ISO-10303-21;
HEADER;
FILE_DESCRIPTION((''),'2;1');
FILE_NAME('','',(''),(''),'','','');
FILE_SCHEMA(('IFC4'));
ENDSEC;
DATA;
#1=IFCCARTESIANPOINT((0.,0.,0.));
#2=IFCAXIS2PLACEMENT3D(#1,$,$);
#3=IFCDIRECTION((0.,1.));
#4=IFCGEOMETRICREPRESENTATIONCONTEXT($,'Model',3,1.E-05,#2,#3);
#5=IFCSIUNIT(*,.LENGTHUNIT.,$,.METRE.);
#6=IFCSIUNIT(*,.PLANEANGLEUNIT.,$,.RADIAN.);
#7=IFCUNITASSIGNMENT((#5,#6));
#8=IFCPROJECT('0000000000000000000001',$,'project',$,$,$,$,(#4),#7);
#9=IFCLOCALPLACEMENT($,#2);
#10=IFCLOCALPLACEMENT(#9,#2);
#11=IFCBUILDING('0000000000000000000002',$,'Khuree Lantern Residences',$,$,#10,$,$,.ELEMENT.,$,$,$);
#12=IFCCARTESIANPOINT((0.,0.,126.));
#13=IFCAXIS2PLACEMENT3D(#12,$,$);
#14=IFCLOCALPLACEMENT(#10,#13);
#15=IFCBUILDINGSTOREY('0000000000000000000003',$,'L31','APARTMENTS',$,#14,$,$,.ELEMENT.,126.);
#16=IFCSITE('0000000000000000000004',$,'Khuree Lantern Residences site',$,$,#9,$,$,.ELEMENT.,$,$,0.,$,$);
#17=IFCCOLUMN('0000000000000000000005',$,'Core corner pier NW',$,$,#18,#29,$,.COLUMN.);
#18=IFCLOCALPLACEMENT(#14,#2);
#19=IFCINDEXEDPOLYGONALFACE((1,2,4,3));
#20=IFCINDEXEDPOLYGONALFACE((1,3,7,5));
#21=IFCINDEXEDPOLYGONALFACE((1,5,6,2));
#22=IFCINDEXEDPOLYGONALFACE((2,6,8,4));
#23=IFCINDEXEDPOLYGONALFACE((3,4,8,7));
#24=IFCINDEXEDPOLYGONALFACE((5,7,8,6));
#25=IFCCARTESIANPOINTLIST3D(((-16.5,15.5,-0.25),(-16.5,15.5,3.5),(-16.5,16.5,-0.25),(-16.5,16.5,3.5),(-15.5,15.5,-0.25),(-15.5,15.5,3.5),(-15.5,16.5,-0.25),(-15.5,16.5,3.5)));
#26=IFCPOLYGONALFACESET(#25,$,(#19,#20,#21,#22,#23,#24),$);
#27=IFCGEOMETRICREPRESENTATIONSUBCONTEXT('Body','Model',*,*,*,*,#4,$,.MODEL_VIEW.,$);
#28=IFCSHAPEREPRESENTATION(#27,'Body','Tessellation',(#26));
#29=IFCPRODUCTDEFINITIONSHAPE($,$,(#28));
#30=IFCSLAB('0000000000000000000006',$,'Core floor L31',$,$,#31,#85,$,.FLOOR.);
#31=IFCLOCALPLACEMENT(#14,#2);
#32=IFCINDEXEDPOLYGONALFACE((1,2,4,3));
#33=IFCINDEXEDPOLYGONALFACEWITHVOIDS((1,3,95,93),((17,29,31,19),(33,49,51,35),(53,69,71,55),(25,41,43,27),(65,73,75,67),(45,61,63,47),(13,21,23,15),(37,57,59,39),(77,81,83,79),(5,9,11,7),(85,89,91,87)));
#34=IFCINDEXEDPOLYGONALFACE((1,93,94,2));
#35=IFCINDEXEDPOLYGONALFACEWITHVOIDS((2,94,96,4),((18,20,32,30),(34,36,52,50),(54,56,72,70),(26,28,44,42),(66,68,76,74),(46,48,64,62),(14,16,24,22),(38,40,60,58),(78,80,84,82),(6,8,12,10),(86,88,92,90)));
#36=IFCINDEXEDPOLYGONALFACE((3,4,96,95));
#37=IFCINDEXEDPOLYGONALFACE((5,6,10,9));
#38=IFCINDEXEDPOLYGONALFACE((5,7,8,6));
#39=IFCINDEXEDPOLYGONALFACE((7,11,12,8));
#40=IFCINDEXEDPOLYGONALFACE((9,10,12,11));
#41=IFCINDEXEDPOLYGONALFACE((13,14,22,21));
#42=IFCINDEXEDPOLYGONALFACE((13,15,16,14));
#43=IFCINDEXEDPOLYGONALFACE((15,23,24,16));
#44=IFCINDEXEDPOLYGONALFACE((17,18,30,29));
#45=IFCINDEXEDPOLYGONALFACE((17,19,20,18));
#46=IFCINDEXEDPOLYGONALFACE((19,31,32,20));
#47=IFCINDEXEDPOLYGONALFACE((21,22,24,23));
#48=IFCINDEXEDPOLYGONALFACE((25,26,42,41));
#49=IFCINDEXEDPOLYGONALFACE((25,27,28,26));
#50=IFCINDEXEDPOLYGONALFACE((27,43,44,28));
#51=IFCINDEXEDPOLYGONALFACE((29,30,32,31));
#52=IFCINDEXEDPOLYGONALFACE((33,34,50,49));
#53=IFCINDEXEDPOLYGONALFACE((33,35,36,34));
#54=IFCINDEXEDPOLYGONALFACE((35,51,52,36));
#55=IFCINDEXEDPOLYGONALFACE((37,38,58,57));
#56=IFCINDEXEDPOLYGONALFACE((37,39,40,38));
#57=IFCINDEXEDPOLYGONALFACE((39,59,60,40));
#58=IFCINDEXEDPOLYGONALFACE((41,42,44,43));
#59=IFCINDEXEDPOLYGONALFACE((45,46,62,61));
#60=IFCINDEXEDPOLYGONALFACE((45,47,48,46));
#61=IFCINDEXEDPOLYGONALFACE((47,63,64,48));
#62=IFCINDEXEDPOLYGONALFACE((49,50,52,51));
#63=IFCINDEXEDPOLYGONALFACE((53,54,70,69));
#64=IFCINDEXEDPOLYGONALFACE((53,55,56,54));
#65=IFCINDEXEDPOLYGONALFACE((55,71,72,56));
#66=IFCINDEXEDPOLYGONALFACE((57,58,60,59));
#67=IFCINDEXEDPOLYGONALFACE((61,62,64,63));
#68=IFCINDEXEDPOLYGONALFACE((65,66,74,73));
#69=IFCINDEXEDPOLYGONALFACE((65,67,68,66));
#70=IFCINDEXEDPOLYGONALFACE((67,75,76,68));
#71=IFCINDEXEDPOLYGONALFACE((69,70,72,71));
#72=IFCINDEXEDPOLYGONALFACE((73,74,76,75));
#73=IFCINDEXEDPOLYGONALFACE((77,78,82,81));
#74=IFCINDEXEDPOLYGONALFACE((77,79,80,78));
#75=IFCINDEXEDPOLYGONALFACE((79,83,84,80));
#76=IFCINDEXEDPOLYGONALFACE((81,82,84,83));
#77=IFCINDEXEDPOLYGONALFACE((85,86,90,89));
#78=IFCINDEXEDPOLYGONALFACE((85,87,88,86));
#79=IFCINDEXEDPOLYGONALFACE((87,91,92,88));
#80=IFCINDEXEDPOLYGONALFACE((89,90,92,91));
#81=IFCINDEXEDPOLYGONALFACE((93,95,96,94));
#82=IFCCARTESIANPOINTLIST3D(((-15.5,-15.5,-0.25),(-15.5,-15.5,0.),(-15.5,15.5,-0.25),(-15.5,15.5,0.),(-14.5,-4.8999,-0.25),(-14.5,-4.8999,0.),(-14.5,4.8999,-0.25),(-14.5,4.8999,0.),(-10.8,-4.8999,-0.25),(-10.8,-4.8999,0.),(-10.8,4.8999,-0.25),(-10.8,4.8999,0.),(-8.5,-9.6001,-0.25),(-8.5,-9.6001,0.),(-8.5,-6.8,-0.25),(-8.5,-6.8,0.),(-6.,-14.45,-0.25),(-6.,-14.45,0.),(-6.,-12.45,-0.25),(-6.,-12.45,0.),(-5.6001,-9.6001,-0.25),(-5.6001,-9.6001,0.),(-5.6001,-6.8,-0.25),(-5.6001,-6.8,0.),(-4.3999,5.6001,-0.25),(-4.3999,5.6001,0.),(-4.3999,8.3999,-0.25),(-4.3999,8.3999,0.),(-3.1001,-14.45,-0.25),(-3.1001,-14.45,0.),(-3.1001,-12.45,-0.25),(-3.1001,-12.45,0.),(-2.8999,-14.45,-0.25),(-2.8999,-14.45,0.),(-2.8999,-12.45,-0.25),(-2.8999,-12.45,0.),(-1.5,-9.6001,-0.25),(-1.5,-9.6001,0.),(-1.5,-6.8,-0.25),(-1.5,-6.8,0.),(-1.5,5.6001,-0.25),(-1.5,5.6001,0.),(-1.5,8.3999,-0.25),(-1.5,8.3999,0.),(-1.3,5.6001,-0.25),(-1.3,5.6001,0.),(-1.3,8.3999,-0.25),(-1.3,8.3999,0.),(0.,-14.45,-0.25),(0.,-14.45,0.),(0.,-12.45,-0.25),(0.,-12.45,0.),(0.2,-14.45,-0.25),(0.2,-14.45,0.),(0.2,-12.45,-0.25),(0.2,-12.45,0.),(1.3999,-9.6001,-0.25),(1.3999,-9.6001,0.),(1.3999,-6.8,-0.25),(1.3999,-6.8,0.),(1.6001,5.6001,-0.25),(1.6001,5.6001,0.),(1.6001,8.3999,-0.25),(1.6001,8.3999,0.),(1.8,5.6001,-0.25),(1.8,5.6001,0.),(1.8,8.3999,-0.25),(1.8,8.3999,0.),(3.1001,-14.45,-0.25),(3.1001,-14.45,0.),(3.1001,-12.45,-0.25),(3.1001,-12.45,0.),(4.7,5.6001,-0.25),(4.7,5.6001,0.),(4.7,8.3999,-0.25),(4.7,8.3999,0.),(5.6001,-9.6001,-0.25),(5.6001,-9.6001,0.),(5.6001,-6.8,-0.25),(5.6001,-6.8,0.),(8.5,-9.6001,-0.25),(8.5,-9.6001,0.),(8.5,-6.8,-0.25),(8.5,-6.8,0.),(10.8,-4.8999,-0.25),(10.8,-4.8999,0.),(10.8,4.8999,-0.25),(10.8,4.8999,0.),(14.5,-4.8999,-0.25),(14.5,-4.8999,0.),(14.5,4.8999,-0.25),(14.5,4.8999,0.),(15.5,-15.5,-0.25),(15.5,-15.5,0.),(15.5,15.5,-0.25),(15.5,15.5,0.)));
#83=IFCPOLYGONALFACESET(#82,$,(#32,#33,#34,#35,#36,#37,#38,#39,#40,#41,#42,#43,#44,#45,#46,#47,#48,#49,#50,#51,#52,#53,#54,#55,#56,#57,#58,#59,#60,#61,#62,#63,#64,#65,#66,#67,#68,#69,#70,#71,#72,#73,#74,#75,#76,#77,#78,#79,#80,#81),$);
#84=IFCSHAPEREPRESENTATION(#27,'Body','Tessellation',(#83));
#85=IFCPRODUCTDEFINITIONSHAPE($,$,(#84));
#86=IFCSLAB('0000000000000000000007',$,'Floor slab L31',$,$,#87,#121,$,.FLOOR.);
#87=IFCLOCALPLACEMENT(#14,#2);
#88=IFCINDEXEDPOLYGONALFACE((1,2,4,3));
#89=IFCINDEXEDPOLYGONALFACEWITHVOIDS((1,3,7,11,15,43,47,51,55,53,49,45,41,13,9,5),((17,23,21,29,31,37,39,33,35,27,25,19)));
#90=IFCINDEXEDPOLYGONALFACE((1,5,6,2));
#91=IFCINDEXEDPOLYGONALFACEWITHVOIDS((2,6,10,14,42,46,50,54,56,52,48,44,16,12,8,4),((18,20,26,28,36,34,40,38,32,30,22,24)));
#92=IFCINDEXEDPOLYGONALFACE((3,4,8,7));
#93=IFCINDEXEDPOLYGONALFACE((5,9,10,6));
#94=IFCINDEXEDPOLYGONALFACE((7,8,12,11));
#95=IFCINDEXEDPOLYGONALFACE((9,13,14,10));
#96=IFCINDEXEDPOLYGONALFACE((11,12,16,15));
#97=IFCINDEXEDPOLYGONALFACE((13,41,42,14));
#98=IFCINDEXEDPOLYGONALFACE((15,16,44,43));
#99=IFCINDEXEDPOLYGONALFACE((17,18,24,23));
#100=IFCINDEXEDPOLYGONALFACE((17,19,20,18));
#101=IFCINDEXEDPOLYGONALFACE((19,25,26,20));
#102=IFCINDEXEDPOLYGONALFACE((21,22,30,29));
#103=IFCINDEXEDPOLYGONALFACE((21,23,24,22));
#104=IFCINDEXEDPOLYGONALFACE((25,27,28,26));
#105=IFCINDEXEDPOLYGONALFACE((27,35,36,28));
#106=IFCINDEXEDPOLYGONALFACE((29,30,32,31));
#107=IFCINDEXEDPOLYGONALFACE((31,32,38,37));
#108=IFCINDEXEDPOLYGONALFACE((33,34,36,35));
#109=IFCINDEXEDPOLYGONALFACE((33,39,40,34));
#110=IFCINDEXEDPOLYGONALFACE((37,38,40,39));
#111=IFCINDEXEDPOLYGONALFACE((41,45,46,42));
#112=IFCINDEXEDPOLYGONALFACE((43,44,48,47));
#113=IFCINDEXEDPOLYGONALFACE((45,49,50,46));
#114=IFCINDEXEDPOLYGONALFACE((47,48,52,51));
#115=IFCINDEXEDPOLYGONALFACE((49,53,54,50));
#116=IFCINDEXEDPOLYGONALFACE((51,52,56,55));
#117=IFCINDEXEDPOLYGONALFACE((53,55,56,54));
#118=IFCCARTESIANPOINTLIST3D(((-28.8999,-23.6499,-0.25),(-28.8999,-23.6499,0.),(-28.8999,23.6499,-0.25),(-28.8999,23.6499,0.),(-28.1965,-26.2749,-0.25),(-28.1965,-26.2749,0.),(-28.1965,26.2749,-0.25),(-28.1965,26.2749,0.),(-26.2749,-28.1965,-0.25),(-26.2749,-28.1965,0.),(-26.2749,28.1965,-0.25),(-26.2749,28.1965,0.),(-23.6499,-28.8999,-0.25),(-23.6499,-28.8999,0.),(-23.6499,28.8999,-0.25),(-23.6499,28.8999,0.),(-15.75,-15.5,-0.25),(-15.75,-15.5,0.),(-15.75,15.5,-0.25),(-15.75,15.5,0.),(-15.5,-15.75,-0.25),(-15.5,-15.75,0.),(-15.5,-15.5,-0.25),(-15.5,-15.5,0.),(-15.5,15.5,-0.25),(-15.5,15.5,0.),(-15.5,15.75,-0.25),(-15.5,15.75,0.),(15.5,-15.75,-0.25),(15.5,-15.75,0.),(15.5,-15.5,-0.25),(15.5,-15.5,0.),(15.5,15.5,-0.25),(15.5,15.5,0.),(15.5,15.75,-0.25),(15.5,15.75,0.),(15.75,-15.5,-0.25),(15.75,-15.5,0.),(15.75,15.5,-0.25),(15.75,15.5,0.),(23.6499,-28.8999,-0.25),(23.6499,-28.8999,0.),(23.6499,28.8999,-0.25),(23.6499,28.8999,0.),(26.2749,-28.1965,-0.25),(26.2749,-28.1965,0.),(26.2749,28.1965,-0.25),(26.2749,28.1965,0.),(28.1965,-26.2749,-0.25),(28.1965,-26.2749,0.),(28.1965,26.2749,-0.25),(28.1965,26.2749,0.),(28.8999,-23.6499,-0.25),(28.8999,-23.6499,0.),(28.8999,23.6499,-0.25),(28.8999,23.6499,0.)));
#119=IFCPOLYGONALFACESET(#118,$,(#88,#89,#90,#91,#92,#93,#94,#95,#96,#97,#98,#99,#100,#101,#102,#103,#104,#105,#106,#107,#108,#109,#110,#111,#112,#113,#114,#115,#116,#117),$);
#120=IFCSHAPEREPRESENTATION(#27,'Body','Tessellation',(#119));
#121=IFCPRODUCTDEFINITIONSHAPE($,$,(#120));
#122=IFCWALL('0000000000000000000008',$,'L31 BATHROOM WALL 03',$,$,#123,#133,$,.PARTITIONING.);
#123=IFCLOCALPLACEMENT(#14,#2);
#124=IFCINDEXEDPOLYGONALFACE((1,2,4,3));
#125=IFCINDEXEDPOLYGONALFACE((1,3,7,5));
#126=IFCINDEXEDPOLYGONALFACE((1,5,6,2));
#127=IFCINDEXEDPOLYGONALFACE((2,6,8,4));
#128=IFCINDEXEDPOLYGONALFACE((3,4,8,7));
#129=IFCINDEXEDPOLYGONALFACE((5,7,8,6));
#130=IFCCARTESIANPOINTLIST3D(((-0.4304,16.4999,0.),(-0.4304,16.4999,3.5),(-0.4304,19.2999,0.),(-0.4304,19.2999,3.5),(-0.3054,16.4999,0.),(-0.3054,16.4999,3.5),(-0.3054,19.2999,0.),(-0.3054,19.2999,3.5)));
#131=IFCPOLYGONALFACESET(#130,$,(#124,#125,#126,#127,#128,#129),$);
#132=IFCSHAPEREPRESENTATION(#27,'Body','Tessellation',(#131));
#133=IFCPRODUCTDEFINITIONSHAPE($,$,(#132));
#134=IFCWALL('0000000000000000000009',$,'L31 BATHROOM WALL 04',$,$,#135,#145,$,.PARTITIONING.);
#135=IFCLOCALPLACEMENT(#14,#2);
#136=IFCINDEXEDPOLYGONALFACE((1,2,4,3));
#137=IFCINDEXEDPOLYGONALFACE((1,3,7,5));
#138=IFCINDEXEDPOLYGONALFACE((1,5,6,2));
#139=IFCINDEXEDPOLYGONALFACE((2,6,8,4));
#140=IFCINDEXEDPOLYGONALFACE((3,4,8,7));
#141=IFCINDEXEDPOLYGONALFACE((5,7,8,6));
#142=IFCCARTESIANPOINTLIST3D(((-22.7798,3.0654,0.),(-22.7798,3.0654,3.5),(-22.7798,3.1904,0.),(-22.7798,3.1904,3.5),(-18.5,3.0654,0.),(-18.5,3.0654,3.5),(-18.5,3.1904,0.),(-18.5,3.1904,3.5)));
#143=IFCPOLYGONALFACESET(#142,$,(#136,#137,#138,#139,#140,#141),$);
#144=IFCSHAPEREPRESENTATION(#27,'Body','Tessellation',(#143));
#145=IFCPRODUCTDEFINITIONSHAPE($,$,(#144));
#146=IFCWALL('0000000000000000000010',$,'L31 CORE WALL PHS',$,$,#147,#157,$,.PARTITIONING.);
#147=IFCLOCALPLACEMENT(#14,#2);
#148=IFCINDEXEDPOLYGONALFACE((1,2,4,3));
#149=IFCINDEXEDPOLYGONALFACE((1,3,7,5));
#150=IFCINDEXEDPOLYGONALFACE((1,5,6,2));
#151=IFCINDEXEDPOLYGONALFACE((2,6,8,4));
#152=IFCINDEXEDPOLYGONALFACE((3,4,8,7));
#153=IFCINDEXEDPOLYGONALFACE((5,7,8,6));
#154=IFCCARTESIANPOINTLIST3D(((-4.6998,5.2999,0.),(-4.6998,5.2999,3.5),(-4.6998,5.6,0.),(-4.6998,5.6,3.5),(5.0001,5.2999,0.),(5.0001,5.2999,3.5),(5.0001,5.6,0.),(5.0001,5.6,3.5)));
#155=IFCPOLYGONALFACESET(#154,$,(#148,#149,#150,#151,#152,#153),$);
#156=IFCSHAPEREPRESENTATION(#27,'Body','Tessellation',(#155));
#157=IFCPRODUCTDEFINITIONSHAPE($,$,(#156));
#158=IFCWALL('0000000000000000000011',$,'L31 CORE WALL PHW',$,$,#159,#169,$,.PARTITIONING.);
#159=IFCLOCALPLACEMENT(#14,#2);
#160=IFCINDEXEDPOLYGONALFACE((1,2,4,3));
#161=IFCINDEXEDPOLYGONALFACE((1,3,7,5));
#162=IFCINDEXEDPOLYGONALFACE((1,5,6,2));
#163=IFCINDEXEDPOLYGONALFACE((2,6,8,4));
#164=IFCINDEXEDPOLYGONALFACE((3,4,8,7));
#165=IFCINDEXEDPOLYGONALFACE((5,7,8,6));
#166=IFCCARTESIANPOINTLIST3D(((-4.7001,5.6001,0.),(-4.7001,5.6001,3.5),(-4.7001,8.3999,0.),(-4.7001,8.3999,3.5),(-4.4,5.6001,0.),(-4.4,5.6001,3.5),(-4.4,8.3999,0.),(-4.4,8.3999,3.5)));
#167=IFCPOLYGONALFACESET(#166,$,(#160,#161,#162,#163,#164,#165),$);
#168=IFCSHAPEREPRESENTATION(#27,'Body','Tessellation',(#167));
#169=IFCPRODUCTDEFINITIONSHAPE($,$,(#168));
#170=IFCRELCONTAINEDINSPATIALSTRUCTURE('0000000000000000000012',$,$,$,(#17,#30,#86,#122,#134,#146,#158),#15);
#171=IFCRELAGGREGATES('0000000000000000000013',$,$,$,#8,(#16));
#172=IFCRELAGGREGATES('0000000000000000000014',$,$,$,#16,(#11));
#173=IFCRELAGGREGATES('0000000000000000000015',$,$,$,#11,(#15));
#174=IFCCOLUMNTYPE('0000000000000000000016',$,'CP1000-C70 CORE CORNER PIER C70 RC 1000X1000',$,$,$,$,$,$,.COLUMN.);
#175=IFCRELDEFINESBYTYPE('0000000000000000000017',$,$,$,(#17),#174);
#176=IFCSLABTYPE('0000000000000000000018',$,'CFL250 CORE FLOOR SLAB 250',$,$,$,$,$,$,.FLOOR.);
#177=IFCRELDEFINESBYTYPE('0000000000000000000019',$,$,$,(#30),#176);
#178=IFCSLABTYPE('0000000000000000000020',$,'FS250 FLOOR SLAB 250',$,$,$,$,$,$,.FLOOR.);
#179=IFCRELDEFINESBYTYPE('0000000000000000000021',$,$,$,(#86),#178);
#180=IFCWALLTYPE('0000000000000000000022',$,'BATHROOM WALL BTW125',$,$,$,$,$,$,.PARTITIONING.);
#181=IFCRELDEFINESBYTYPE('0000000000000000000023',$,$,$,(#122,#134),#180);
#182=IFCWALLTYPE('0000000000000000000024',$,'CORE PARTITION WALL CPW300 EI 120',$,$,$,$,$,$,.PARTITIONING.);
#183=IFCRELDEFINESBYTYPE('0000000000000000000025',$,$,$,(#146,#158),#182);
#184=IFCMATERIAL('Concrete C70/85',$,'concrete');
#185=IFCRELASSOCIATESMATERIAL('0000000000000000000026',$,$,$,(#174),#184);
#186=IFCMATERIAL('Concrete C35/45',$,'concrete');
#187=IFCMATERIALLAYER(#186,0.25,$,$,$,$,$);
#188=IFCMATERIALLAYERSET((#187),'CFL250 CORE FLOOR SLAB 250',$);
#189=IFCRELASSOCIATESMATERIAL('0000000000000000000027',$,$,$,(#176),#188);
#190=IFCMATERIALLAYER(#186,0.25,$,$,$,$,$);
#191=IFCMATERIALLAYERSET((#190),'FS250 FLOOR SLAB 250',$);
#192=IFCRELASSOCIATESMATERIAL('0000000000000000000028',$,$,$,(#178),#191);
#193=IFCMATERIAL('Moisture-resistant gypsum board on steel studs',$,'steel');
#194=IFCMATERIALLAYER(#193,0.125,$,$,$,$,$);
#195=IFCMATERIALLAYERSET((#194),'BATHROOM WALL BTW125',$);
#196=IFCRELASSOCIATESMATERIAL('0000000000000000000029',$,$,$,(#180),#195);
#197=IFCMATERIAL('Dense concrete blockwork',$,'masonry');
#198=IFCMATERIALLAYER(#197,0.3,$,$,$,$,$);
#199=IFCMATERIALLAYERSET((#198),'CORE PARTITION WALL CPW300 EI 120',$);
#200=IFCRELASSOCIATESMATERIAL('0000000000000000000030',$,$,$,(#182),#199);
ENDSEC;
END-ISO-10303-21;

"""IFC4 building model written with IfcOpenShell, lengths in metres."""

from ifc_helpers import new_model, si_unit, direction, frame, frame_2d, origin, origin_2d, place, context, subcontext, project, spatial, polyline, rectangle, outline, extrude, material, layer, layer_set, material_profile, profile_set, type_object, element, save


model = new_model("IFC4")

# Units and contexts
model_context = context("Model", 3, precision=1e-05, world=origin(), true_north=direction((0.0, 1.0)))
body_context = subcontext(model_context, "Body", "Model", "MODEL_VIEW")
ifc_project = project(units=[si_unit("LENGTHUNIT", "METRE"), si_unit("PLANEANGLEUNIT", "RADIAN")], contexts=[model_context])

# Site, building, storey
site_placement = place(None, origin())
site = spatial("IfcSite", under=ifc_project, at=site_placement, Name="Khuree Lantern Residences site", CompositionType="ELEMENT", RefElevation=0.0)
building_placement = place(site_placement, origin())
building = spatial("IfcBuilding", under=site, at=building_placement, Name="Khuree Lantern Residences", CompositionType="ELEMENT")
storey_placement = place(building_placement, frame((0.0, 0.0, 126.0)))
storey = spatial("IfcBuildingStorey", under=building, at=storey_placement, Name="L31", Description="APARTMENTS", CompositionType="ELEMENT", Elevation=126.0)

# Column
ifc_material_1 = material(Name="Concrete C70/85", Category="concrete")
ifc_material_profile = material_profile(ifc_material_1, rectangle(XDim=1.0, YDim=1.0, at=origin_2d()), Name="RC 1000X1000")
ifc_profile_set = profile_set([ifc_material_profile], Name="Concrete C70/85")
column_type = type_object("IfcColumnType", Name="CP1000-C70 CORE CORNER PIER C70 RC 1000X1000", PredefinedType="COLUMN", material=ifc_profile_set)
column_placement = place(storey_placement, frame((-16.0, 16.0, -0.25), z_axis=(0.0, 0.0, 1.0), x_axis=(1.0, 0.0, 0.0)))
element("IfcColumn", 1, at=column_placement, inside=storey, type_object=column_type, Name="Core corner pier NW", PredefinedType="COLUMN", context=body_context, shape_type="SweptSolid", body=[
    extrude(rectangle(XDim=1.0, YDim=1.0, at=origin_2d()), origin(), (0.0, 0.0, 1.0), 3.75),
])

# Slabs
ifc_material_2 = material(Name="Concrete C35/45", Category="concrete")
ifc_layer_1 = layer(ifc_material_2, 0.25)
ifc_layer_set_1 = layer_set([ifc_layer_1], Name="CFL250 CORE FLOOR SLAB 250")
slab_type_1 = type_object("IfcSlabType", Name="CFL250 CORE FLOOR SLAB 250", PredefinedType="FLOOR", material=ifc_layer_set_1)
slab_1_placement = place(storey_placement, frame((0.0, 0.0, -0.25)))
element("IfcSlab", 2, at=slab_1_placement, inside=storey, type_object=slab_type_1, Name="Core floor L31", PredefinedType="FLOOR", context=body_context, shape_type="SweptSolid", body=[
    extrude(outline(polyline([(-15.5, -15.5), (-15.5, 15.5), (15.5, 15.5), (15.5, -15.5), (-15.5, -15.5)]), holes=[polyline([(10.8, 4.8999), (10.8, -4.8999), (14.5, -4.8999), (14.5, 4.8999), (10.8, 4.8999)]), polyline([(8.5, -6.8), (5.6001, -6.8), (5.6001, -9.6001), (8.5, -9.6001), (8.5, -6.8)]), polyline([(4.7, 8.3999), (1.8, 8.3999), (1.8, 5.6001), (4.7, 5.6001), (4.7, 8.3999)]), polyline([(3.1001, -12.45), (0.2, -12.45), (0.2, -14.45), (3.1001, -14.45), (3.1001, -12.45)]), polyline([(1.6001, 8.3999), (-1.3, 8.3999), (-1.3, 5.6001), (1.6001, 5.6001), (1.6001, 8.3999)]), polyline([(1.3999, -6.8), (-1.5, -6.8), (-1.5, -9.6001), (1.3999, -9.6001), (1.3999, -6.8)]), polyline([(-2.8999, -12.45), (-2.8999, -14.45), (0.0, -14.45), (0.0, -12.45), (-2.8999, -12.45)]), polyline([(-4.3999, 8.3999), (-4.3999, 5.6001), (-1.5, 5.6001), (-1.5, 8.3999), (-4.3999, 8.3999)]), polyline([(-6.0, -12.45), (-6.0, -14.45), (-3.1001, -14.45), (-3.1001, -12.45), (-6.0, -12.45)]), polyline([(-8.5, -6.8), (-8.5, -9.6001), (-5.6001, -9.6001), (-5.6001, -6.8), (-8.5, -6.8)]), polyline([(-10.8, 4.8999), (-14.5, 4.8999), (-14.5, -4.8999), (-10.8, -4.8999), (-10.8, 4.8999)])]), origin(), (0.0, 0.0, 1.0), 0.25),
])
ifc_layer_2 = layer(ifc_material_2, 0.25)
ifc_layer_set_2 = layer_set([ifc_layer_2], Name="FS250 FLOOR SLAB 250")
slab_type_2 = type_object("IfcSlabType", Name="FS250 FLOOR SLAB 250", PredefinedType="FLOOR", material=ifc_layer_set_2)
slab_2_placement = place(storey_placement, frame((0.0, 0.0, -0.25)))
element("IfcSlab", 3, at=slab_2_placement, inside=storey, type_object=slab_type_2, Name="Floor slab L31", PredefinedType="FLOOR", context=body_context, shape_type="SweptSolid", body=[
    extrude(outline(polyline([(-26.2749, -28.1965), (-28.1965, -26.2749), (-28.8999, -23.6499), (-28.8999, 23.6499), (-28.1965, 26.2749), (-26.2749, 28.1965), (-23.6499, 28.8999), (23.6499, 28.8999), (26.2749, 28.1965), (28.1965, 26.2749), (28.8999, 23.6499), (28.8999, -23.6499), (28.1965, -26.2749), (26.2749, -28.1965), (23.6499, -28.8999), (-23.6499, -28.8999), (-26.2749, -28.1965)]), holes=[polyline([(15.75, 15.5), (15.5, 15.5), (15.5, 15.75), (-15.5, 15.75), (-15.5, 15.5), (-15.75, 15.5), (-15.75, -15.5), (-15.5, -15.5), (-15.5, -15.75), (15.5, -15.75), (15.5, -15.5), (15.75, -15.5), (15.75, 15.5)])]), origin(), (0.0, 0.0, 1.0), 0.25),
])

# Walls
ifc_material_3 = material(Name="Moisture-resistant gypsum board on steel studs", Category="steel")
ifc_layer_3 = layer(ifc_material_3, 0.125)
ifc_layer_set_3 = layer_set([ifc_layer_3], Name="BATHROOM WALL BTW125")
wall_type_1 = type_object("IfcWallType", Name="BATHROOM WALL BTW125", PredefinedType="PARTITIONING", material=ifc_layer_set_3)
wall_1_placement = place(storey_placement, frame((-0.3679, 16.5, 0.0), z_axis=(0.0, 0.0, 1.0), x_axis=(0.0, 1.0, 0.0)))
element("IfcWall", 4, at=wall_1_placement, inside=storey, type_object=wall_type_1, Name="L31 BATHROOM WALL 03", PredefinedType="PARTITIONING", context=body_context, shape_type="SweptSolid", body=[
    extrude(rectangle(XDim=2.8, YDim=0.125, at=frame_2d((1.3999, 0.0))), origin(), (0.0, 0.0, 1.0), 3.5),
])
wall_2_placement = place(storey_placement, frame((-18.5, 3.1279, 0.0), z_axis=(0.0, 0.0, 1.0), x_axis=(-1.0, 0.0, 0.0)))
element("IfcWall", 5, at=wall_2_placement, inside=storey, type_object=wall_type_1, Name="L31 BATHROOM WALL 04", PredefinedType="PARTITIONING", context=body_context, shape_type="SweptSolid", body=[
    extrude(rectangle(XDim=4.2798, YDim=0.125, at=frame_2d((2.1399, 0.0))), origin(), (0.0, 0.0, 1.0), 3.5),
])
ifc_material_4 = material(Name="Dense concrete blockwork", Category="masonry")
ifc_layer_4 = layer(ifc_material_4, 0.3)
ifc_layer_set_4 = layer_set([ifc_layer_4], Name="CORE PARTITION WALL CPW300 EI 120")
wall_type_2 = type_object("IfcWallType", Name="CORE PARTITION WALL CPW300 EI 120", PredefinedType="PARTITIONING", material=ifc_layer_set_4)
wall_3_placement = place(storey_placement, frame((-4.7, 5.45, 0.0), z_axis=(0.0, 0.0, 1.0), x_axis=(1.0, 0.0, 0.0)))
element("IfcWall", 6, at=wall_3_placement, inside=storey, type_object=wall_type_2, Name="L31 CORE WALL PHS", PredefinedType="PARTITIONING", context=body_context, shape_type="SweptSolid", body=[
    extrude(rectangle(XDim=9.7, YDim=0.3, at=frame_2d((4.8501, 0.0))), origin(), (0.0, 0.0, 1.0), 3.5),
])
wall_4_placement = place(storey_placement, frame((-4.55, 5.6001, 0.0), z_axis=(0.0, 0.0, 1.0), x_axis=(0.0, 1.0, 0.0)))
element("IfcWall", 7, at=wall_4_placement, inside=storey, type_object=wall_type_2, Name="L31 CORE WALL PHW", PredefinedType="PARTITIONING", context=body_context, shape_type="SweptSolid", body=[
    extrude(rectangle(XDim=2.7998, YDim=0.3, at=frame_2d((1.3999, 0.0))), origin(), (0.0, 0.0, 1.0), 3.5),
])

save(model, "model.ifc")
